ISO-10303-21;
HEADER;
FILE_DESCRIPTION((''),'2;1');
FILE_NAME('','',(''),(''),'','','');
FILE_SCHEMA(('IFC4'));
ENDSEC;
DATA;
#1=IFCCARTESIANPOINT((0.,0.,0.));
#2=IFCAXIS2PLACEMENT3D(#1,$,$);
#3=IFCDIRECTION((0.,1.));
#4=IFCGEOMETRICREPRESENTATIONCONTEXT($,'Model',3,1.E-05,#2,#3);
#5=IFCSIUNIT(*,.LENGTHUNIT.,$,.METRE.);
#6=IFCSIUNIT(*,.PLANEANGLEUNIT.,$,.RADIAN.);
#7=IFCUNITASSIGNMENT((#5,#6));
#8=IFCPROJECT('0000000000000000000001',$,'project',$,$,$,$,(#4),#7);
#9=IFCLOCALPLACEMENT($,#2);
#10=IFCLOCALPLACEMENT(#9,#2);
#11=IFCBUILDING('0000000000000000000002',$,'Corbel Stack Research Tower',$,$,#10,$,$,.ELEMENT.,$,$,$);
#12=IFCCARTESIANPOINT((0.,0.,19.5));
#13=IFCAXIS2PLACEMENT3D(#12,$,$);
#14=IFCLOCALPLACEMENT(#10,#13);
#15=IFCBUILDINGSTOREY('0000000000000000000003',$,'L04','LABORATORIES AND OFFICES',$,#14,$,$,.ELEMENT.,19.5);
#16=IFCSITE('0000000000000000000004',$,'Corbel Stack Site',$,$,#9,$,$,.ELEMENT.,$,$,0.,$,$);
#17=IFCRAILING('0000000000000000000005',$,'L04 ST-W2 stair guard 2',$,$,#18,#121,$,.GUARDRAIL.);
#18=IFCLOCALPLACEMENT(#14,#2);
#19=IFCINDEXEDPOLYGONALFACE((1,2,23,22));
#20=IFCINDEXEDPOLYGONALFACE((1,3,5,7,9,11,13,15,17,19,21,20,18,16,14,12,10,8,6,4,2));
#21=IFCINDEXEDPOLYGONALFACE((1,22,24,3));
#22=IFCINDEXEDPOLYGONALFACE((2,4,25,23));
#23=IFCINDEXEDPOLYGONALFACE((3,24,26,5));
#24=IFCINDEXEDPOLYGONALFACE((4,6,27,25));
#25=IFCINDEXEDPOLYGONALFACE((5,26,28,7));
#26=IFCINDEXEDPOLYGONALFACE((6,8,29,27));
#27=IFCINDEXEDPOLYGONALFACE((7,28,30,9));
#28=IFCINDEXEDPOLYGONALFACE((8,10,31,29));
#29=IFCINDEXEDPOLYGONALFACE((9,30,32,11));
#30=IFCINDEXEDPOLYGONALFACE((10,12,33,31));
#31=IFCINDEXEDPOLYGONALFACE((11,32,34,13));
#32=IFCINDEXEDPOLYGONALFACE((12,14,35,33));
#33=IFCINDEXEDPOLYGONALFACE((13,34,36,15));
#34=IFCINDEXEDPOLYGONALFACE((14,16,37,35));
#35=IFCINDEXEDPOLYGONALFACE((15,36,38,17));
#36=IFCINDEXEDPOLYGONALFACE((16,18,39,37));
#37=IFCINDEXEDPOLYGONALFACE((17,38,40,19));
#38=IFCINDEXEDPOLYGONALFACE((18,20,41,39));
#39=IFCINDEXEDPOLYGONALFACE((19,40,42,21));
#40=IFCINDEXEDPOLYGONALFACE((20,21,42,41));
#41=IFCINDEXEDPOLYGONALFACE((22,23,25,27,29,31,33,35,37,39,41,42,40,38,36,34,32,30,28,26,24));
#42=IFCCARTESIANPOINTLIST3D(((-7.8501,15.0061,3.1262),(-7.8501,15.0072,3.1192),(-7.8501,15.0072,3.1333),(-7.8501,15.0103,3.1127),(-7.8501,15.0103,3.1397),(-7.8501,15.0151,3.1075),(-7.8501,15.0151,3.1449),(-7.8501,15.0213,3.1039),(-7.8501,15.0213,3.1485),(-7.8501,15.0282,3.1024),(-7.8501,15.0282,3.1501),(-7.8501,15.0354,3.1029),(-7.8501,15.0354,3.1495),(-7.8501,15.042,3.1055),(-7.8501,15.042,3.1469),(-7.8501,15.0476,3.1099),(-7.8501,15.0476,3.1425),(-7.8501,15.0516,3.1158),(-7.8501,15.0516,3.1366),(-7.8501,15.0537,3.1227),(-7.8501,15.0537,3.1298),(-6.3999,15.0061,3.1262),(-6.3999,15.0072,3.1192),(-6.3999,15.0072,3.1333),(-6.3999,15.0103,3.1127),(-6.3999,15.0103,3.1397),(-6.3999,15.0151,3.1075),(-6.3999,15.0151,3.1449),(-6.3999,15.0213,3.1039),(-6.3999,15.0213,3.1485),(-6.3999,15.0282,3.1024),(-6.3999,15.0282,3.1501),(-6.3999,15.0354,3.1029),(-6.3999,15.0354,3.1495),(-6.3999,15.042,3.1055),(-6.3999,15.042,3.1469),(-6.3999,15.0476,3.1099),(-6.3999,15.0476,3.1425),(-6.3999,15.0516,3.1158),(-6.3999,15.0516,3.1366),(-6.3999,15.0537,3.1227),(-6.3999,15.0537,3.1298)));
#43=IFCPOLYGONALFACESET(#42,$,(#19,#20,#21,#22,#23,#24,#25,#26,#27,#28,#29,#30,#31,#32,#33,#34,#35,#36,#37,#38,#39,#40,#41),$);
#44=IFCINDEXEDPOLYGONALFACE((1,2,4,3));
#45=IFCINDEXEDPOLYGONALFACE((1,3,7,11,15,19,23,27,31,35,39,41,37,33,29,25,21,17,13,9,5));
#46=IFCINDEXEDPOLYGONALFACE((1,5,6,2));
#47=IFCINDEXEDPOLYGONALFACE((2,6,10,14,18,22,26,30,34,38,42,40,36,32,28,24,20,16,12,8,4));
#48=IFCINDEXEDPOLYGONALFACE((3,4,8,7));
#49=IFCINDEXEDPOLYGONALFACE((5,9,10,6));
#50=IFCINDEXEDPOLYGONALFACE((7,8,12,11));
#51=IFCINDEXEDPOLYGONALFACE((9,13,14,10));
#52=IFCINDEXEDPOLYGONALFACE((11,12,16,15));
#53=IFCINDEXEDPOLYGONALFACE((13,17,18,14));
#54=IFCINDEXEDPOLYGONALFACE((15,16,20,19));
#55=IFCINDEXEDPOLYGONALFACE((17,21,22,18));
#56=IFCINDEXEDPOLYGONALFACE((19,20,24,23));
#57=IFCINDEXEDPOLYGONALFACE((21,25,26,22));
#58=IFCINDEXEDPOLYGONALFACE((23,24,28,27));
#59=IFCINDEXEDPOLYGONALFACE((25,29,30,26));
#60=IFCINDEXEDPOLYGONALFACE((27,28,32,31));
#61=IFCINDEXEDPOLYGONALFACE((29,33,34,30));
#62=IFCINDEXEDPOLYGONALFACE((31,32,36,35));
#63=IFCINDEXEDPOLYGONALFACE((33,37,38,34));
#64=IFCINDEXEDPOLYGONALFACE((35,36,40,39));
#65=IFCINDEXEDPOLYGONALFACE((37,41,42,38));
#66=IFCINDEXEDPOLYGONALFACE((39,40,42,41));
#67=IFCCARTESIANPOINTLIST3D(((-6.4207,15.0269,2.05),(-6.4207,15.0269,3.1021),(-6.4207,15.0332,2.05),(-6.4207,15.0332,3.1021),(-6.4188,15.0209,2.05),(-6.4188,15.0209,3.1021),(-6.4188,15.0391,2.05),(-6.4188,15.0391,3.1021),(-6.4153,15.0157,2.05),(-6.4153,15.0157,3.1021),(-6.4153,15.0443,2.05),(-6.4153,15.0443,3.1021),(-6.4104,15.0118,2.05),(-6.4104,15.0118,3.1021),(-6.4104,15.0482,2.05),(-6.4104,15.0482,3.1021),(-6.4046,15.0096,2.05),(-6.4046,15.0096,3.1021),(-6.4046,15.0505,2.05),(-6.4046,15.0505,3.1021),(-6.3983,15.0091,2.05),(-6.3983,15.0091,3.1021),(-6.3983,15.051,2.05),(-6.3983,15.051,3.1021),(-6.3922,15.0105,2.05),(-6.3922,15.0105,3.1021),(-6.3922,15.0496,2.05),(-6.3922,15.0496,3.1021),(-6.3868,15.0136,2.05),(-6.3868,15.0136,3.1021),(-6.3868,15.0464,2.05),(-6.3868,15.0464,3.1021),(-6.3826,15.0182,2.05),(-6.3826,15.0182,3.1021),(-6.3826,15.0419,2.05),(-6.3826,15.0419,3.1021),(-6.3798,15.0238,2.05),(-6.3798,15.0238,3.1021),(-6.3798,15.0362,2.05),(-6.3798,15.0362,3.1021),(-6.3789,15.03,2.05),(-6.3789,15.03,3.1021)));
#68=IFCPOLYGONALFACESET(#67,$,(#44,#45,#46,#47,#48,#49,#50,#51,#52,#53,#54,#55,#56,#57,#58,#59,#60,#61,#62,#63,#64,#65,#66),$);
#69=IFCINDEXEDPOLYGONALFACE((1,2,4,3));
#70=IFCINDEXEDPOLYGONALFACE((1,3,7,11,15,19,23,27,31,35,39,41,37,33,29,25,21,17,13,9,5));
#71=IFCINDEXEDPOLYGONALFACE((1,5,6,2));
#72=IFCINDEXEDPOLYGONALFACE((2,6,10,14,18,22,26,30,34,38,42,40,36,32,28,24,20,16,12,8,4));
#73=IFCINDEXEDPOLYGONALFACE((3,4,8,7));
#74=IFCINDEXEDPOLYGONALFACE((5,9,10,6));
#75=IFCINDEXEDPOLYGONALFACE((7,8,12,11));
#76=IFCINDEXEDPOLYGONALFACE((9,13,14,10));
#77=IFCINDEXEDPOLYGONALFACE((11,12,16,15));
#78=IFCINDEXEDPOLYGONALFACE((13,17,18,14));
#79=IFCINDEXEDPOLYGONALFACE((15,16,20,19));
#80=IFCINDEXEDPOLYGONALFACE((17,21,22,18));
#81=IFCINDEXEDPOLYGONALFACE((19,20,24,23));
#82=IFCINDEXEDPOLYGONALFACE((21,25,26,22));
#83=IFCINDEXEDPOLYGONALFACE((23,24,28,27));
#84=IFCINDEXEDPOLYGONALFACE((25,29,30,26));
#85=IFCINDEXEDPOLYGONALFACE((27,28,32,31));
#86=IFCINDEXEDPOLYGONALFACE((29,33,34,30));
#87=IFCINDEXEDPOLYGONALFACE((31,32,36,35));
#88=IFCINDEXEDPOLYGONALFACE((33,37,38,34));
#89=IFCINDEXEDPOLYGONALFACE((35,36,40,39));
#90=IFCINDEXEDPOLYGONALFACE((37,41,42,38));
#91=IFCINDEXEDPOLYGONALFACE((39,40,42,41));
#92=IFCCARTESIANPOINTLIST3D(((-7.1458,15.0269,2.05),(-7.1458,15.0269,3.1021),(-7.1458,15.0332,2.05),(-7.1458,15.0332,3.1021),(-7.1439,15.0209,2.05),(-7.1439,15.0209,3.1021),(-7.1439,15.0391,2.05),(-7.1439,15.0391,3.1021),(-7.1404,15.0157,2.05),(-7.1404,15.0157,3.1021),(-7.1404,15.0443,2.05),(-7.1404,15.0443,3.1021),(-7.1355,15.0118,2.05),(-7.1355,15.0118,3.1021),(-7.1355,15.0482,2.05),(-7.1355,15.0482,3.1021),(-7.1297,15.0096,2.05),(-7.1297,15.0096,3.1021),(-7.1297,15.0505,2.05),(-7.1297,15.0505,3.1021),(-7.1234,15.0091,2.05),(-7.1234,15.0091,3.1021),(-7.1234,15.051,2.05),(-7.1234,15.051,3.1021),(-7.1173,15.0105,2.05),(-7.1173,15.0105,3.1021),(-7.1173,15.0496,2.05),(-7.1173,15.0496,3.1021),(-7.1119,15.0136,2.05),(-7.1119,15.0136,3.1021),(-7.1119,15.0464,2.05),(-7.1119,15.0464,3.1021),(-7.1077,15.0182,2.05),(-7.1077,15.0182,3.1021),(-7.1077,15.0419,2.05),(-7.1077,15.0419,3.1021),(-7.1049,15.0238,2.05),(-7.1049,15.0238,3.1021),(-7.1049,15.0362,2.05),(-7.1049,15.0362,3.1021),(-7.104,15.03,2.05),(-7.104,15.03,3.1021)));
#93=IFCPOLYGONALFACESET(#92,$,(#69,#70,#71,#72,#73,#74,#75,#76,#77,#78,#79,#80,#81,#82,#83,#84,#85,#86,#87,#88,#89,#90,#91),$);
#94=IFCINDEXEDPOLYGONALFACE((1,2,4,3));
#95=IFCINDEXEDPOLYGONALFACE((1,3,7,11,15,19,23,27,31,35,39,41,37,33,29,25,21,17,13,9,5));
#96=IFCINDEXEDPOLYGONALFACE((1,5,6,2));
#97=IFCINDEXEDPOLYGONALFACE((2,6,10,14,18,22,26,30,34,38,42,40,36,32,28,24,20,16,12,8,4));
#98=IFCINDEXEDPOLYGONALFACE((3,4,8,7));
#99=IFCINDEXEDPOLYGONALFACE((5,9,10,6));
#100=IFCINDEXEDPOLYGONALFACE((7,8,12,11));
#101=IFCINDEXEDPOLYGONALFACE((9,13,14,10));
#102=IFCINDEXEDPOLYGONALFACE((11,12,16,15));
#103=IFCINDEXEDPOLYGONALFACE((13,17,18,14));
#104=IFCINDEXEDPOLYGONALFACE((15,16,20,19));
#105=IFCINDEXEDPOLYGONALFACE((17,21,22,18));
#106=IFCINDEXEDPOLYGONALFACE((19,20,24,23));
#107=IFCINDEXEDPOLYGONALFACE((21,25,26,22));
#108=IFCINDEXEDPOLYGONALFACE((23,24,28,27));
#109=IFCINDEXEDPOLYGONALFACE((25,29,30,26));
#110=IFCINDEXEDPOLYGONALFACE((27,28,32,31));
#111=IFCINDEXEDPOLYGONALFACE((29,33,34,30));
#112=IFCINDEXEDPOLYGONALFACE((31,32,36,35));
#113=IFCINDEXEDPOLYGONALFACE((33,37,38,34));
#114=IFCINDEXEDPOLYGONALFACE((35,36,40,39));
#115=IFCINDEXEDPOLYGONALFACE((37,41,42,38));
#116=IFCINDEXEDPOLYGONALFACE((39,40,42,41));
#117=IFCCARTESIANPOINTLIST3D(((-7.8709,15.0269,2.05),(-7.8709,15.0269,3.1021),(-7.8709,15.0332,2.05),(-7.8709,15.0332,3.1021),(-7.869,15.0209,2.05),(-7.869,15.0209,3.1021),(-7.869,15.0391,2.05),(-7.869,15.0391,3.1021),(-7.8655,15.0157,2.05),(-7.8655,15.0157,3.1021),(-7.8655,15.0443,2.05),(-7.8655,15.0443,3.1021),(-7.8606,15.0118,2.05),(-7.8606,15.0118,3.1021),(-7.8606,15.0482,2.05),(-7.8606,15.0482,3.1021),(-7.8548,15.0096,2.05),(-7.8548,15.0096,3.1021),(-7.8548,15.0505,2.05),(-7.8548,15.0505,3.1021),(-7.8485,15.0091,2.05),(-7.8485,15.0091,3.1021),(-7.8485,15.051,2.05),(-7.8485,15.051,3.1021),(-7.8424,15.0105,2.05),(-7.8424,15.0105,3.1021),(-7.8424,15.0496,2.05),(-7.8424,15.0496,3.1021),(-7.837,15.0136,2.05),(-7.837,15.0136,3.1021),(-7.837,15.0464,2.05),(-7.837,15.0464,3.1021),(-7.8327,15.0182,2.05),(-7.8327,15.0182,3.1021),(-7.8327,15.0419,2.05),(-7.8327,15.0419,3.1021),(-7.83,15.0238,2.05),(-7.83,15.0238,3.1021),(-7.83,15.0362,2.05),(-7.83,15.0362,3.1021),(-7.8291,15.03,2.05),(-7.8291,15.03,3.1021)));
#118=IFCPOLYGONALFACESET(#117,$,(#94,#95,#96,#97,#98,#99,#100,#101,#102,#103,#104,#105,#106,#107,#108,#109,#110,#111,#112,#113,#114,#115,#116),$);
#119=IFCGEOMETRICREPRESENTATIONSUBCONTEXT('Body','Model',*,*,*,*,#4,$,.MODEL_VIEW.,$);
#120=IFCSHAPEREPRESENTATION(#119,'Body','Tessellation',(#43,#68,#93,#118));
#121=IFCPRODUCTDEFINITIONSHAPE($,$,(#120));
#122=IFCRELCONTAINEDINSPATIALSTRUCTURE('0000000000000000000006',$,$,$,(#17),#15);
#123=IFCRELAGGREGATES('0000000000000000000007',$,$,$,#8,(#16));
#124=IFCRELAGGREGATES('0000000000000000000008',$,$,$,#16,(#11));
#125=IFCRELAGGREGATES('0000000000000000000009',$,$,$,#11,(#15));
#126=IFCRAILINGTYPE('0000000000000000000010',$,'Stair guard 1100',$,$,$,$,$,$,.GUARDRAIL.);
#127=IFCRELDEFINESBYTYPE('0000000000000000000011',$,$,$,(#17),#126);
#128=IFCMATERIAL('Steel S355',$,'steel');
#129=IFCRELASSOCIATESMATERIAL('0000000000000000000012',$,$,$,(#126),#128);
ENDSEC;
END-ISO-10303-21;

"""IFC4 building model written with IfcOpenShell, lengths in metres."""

from ifc_helpers import new_model, si_unit, direction, frame, origin, origin_2d, place, context, subcontext, project, spatial, circle, extrude, material, type_object, element, save


model = new_model("IFC4")

# Units and contexts
model_context = context("Model", 3, precision=1e-05, world=origin(), true_north=direction((0.0, 1.0)))
body_context = subcontext(model_context, "Body", "Model", "MODEL_VIEW")
ifc_project = project(units=[si_unit("LENGTHUNIT", "METRE"), si_unit("PLANEANGLEUNIT", "RADIAN")], contexts=[model_context])

# Site, building, storey
site_placement = place(None, origin())
site = spatial("IfcSite", under=ifc_project, at=site_placement, Name="Corbel Stack Site", CompositionType="ELEMENT", RefElevation=0.0)
building_placement = place(site_placement, origin())
building = spatial("IfcBuilding", under=site, at=building_placement, Name="Corbel Stack Research Tower", CompositionType="ELEMENT")
storey_placement = place(building_placement, frame((0.0, 0.0, 19.5)))
storey = spatial("IfcBuildingStorey", under=building, at=storey_placement, Name="L04", Description="LABORATORIES AND OFFICES", CompositionType="ELEMENT", Elevation=19.5)

# Railing
ifc_material_1 = material(Name="Steel S355", Category="steel")
railing_type_1 = type_object("IfcRailingType", Name="Stair guard 1100", PredefinedType="GUARDRAIL", material=ifc_material_1)
railing_1_placement = place(storey_placement, frame((-6.3999, 15.03, 2.05)))
element("IfcRailing", 1, at=railing_1_placement, inside=storey, type_object=railing_type_1, Name="L04 ST-W2 stair guard 2", PredefinedType="GUARDRAIL", context=body_context, shape_type="SweptSolid", body=[
    extrude(circle(Radius=0.0239, at=origin_2d()), frame((0.0, 0.0, 1.0762), z_axis=(-1.0, 0.0, 0.0), x_axis=(0.0, -1.0, 0.0)), (0.0, 0.0, 1.0), 1.4502),
    extrude(circle(Radius=0.021, at=origin_2d()), origin(), (0.0, 0.0, 1.0), 1.052),
    extrude(circle(Radius=0.021, at=origin_2d()), frame((-0.7251, 0.0, 0.0)), (0.0, 0.0, 1.0), 1.052),
    extrude(circle(Radius=0.021, at=origin_2d()), frame((-1.4502, 0.0, 0.0)), (0.0, 0.0, 1.0), 1.052),
])

save(model, "model.ifc")
